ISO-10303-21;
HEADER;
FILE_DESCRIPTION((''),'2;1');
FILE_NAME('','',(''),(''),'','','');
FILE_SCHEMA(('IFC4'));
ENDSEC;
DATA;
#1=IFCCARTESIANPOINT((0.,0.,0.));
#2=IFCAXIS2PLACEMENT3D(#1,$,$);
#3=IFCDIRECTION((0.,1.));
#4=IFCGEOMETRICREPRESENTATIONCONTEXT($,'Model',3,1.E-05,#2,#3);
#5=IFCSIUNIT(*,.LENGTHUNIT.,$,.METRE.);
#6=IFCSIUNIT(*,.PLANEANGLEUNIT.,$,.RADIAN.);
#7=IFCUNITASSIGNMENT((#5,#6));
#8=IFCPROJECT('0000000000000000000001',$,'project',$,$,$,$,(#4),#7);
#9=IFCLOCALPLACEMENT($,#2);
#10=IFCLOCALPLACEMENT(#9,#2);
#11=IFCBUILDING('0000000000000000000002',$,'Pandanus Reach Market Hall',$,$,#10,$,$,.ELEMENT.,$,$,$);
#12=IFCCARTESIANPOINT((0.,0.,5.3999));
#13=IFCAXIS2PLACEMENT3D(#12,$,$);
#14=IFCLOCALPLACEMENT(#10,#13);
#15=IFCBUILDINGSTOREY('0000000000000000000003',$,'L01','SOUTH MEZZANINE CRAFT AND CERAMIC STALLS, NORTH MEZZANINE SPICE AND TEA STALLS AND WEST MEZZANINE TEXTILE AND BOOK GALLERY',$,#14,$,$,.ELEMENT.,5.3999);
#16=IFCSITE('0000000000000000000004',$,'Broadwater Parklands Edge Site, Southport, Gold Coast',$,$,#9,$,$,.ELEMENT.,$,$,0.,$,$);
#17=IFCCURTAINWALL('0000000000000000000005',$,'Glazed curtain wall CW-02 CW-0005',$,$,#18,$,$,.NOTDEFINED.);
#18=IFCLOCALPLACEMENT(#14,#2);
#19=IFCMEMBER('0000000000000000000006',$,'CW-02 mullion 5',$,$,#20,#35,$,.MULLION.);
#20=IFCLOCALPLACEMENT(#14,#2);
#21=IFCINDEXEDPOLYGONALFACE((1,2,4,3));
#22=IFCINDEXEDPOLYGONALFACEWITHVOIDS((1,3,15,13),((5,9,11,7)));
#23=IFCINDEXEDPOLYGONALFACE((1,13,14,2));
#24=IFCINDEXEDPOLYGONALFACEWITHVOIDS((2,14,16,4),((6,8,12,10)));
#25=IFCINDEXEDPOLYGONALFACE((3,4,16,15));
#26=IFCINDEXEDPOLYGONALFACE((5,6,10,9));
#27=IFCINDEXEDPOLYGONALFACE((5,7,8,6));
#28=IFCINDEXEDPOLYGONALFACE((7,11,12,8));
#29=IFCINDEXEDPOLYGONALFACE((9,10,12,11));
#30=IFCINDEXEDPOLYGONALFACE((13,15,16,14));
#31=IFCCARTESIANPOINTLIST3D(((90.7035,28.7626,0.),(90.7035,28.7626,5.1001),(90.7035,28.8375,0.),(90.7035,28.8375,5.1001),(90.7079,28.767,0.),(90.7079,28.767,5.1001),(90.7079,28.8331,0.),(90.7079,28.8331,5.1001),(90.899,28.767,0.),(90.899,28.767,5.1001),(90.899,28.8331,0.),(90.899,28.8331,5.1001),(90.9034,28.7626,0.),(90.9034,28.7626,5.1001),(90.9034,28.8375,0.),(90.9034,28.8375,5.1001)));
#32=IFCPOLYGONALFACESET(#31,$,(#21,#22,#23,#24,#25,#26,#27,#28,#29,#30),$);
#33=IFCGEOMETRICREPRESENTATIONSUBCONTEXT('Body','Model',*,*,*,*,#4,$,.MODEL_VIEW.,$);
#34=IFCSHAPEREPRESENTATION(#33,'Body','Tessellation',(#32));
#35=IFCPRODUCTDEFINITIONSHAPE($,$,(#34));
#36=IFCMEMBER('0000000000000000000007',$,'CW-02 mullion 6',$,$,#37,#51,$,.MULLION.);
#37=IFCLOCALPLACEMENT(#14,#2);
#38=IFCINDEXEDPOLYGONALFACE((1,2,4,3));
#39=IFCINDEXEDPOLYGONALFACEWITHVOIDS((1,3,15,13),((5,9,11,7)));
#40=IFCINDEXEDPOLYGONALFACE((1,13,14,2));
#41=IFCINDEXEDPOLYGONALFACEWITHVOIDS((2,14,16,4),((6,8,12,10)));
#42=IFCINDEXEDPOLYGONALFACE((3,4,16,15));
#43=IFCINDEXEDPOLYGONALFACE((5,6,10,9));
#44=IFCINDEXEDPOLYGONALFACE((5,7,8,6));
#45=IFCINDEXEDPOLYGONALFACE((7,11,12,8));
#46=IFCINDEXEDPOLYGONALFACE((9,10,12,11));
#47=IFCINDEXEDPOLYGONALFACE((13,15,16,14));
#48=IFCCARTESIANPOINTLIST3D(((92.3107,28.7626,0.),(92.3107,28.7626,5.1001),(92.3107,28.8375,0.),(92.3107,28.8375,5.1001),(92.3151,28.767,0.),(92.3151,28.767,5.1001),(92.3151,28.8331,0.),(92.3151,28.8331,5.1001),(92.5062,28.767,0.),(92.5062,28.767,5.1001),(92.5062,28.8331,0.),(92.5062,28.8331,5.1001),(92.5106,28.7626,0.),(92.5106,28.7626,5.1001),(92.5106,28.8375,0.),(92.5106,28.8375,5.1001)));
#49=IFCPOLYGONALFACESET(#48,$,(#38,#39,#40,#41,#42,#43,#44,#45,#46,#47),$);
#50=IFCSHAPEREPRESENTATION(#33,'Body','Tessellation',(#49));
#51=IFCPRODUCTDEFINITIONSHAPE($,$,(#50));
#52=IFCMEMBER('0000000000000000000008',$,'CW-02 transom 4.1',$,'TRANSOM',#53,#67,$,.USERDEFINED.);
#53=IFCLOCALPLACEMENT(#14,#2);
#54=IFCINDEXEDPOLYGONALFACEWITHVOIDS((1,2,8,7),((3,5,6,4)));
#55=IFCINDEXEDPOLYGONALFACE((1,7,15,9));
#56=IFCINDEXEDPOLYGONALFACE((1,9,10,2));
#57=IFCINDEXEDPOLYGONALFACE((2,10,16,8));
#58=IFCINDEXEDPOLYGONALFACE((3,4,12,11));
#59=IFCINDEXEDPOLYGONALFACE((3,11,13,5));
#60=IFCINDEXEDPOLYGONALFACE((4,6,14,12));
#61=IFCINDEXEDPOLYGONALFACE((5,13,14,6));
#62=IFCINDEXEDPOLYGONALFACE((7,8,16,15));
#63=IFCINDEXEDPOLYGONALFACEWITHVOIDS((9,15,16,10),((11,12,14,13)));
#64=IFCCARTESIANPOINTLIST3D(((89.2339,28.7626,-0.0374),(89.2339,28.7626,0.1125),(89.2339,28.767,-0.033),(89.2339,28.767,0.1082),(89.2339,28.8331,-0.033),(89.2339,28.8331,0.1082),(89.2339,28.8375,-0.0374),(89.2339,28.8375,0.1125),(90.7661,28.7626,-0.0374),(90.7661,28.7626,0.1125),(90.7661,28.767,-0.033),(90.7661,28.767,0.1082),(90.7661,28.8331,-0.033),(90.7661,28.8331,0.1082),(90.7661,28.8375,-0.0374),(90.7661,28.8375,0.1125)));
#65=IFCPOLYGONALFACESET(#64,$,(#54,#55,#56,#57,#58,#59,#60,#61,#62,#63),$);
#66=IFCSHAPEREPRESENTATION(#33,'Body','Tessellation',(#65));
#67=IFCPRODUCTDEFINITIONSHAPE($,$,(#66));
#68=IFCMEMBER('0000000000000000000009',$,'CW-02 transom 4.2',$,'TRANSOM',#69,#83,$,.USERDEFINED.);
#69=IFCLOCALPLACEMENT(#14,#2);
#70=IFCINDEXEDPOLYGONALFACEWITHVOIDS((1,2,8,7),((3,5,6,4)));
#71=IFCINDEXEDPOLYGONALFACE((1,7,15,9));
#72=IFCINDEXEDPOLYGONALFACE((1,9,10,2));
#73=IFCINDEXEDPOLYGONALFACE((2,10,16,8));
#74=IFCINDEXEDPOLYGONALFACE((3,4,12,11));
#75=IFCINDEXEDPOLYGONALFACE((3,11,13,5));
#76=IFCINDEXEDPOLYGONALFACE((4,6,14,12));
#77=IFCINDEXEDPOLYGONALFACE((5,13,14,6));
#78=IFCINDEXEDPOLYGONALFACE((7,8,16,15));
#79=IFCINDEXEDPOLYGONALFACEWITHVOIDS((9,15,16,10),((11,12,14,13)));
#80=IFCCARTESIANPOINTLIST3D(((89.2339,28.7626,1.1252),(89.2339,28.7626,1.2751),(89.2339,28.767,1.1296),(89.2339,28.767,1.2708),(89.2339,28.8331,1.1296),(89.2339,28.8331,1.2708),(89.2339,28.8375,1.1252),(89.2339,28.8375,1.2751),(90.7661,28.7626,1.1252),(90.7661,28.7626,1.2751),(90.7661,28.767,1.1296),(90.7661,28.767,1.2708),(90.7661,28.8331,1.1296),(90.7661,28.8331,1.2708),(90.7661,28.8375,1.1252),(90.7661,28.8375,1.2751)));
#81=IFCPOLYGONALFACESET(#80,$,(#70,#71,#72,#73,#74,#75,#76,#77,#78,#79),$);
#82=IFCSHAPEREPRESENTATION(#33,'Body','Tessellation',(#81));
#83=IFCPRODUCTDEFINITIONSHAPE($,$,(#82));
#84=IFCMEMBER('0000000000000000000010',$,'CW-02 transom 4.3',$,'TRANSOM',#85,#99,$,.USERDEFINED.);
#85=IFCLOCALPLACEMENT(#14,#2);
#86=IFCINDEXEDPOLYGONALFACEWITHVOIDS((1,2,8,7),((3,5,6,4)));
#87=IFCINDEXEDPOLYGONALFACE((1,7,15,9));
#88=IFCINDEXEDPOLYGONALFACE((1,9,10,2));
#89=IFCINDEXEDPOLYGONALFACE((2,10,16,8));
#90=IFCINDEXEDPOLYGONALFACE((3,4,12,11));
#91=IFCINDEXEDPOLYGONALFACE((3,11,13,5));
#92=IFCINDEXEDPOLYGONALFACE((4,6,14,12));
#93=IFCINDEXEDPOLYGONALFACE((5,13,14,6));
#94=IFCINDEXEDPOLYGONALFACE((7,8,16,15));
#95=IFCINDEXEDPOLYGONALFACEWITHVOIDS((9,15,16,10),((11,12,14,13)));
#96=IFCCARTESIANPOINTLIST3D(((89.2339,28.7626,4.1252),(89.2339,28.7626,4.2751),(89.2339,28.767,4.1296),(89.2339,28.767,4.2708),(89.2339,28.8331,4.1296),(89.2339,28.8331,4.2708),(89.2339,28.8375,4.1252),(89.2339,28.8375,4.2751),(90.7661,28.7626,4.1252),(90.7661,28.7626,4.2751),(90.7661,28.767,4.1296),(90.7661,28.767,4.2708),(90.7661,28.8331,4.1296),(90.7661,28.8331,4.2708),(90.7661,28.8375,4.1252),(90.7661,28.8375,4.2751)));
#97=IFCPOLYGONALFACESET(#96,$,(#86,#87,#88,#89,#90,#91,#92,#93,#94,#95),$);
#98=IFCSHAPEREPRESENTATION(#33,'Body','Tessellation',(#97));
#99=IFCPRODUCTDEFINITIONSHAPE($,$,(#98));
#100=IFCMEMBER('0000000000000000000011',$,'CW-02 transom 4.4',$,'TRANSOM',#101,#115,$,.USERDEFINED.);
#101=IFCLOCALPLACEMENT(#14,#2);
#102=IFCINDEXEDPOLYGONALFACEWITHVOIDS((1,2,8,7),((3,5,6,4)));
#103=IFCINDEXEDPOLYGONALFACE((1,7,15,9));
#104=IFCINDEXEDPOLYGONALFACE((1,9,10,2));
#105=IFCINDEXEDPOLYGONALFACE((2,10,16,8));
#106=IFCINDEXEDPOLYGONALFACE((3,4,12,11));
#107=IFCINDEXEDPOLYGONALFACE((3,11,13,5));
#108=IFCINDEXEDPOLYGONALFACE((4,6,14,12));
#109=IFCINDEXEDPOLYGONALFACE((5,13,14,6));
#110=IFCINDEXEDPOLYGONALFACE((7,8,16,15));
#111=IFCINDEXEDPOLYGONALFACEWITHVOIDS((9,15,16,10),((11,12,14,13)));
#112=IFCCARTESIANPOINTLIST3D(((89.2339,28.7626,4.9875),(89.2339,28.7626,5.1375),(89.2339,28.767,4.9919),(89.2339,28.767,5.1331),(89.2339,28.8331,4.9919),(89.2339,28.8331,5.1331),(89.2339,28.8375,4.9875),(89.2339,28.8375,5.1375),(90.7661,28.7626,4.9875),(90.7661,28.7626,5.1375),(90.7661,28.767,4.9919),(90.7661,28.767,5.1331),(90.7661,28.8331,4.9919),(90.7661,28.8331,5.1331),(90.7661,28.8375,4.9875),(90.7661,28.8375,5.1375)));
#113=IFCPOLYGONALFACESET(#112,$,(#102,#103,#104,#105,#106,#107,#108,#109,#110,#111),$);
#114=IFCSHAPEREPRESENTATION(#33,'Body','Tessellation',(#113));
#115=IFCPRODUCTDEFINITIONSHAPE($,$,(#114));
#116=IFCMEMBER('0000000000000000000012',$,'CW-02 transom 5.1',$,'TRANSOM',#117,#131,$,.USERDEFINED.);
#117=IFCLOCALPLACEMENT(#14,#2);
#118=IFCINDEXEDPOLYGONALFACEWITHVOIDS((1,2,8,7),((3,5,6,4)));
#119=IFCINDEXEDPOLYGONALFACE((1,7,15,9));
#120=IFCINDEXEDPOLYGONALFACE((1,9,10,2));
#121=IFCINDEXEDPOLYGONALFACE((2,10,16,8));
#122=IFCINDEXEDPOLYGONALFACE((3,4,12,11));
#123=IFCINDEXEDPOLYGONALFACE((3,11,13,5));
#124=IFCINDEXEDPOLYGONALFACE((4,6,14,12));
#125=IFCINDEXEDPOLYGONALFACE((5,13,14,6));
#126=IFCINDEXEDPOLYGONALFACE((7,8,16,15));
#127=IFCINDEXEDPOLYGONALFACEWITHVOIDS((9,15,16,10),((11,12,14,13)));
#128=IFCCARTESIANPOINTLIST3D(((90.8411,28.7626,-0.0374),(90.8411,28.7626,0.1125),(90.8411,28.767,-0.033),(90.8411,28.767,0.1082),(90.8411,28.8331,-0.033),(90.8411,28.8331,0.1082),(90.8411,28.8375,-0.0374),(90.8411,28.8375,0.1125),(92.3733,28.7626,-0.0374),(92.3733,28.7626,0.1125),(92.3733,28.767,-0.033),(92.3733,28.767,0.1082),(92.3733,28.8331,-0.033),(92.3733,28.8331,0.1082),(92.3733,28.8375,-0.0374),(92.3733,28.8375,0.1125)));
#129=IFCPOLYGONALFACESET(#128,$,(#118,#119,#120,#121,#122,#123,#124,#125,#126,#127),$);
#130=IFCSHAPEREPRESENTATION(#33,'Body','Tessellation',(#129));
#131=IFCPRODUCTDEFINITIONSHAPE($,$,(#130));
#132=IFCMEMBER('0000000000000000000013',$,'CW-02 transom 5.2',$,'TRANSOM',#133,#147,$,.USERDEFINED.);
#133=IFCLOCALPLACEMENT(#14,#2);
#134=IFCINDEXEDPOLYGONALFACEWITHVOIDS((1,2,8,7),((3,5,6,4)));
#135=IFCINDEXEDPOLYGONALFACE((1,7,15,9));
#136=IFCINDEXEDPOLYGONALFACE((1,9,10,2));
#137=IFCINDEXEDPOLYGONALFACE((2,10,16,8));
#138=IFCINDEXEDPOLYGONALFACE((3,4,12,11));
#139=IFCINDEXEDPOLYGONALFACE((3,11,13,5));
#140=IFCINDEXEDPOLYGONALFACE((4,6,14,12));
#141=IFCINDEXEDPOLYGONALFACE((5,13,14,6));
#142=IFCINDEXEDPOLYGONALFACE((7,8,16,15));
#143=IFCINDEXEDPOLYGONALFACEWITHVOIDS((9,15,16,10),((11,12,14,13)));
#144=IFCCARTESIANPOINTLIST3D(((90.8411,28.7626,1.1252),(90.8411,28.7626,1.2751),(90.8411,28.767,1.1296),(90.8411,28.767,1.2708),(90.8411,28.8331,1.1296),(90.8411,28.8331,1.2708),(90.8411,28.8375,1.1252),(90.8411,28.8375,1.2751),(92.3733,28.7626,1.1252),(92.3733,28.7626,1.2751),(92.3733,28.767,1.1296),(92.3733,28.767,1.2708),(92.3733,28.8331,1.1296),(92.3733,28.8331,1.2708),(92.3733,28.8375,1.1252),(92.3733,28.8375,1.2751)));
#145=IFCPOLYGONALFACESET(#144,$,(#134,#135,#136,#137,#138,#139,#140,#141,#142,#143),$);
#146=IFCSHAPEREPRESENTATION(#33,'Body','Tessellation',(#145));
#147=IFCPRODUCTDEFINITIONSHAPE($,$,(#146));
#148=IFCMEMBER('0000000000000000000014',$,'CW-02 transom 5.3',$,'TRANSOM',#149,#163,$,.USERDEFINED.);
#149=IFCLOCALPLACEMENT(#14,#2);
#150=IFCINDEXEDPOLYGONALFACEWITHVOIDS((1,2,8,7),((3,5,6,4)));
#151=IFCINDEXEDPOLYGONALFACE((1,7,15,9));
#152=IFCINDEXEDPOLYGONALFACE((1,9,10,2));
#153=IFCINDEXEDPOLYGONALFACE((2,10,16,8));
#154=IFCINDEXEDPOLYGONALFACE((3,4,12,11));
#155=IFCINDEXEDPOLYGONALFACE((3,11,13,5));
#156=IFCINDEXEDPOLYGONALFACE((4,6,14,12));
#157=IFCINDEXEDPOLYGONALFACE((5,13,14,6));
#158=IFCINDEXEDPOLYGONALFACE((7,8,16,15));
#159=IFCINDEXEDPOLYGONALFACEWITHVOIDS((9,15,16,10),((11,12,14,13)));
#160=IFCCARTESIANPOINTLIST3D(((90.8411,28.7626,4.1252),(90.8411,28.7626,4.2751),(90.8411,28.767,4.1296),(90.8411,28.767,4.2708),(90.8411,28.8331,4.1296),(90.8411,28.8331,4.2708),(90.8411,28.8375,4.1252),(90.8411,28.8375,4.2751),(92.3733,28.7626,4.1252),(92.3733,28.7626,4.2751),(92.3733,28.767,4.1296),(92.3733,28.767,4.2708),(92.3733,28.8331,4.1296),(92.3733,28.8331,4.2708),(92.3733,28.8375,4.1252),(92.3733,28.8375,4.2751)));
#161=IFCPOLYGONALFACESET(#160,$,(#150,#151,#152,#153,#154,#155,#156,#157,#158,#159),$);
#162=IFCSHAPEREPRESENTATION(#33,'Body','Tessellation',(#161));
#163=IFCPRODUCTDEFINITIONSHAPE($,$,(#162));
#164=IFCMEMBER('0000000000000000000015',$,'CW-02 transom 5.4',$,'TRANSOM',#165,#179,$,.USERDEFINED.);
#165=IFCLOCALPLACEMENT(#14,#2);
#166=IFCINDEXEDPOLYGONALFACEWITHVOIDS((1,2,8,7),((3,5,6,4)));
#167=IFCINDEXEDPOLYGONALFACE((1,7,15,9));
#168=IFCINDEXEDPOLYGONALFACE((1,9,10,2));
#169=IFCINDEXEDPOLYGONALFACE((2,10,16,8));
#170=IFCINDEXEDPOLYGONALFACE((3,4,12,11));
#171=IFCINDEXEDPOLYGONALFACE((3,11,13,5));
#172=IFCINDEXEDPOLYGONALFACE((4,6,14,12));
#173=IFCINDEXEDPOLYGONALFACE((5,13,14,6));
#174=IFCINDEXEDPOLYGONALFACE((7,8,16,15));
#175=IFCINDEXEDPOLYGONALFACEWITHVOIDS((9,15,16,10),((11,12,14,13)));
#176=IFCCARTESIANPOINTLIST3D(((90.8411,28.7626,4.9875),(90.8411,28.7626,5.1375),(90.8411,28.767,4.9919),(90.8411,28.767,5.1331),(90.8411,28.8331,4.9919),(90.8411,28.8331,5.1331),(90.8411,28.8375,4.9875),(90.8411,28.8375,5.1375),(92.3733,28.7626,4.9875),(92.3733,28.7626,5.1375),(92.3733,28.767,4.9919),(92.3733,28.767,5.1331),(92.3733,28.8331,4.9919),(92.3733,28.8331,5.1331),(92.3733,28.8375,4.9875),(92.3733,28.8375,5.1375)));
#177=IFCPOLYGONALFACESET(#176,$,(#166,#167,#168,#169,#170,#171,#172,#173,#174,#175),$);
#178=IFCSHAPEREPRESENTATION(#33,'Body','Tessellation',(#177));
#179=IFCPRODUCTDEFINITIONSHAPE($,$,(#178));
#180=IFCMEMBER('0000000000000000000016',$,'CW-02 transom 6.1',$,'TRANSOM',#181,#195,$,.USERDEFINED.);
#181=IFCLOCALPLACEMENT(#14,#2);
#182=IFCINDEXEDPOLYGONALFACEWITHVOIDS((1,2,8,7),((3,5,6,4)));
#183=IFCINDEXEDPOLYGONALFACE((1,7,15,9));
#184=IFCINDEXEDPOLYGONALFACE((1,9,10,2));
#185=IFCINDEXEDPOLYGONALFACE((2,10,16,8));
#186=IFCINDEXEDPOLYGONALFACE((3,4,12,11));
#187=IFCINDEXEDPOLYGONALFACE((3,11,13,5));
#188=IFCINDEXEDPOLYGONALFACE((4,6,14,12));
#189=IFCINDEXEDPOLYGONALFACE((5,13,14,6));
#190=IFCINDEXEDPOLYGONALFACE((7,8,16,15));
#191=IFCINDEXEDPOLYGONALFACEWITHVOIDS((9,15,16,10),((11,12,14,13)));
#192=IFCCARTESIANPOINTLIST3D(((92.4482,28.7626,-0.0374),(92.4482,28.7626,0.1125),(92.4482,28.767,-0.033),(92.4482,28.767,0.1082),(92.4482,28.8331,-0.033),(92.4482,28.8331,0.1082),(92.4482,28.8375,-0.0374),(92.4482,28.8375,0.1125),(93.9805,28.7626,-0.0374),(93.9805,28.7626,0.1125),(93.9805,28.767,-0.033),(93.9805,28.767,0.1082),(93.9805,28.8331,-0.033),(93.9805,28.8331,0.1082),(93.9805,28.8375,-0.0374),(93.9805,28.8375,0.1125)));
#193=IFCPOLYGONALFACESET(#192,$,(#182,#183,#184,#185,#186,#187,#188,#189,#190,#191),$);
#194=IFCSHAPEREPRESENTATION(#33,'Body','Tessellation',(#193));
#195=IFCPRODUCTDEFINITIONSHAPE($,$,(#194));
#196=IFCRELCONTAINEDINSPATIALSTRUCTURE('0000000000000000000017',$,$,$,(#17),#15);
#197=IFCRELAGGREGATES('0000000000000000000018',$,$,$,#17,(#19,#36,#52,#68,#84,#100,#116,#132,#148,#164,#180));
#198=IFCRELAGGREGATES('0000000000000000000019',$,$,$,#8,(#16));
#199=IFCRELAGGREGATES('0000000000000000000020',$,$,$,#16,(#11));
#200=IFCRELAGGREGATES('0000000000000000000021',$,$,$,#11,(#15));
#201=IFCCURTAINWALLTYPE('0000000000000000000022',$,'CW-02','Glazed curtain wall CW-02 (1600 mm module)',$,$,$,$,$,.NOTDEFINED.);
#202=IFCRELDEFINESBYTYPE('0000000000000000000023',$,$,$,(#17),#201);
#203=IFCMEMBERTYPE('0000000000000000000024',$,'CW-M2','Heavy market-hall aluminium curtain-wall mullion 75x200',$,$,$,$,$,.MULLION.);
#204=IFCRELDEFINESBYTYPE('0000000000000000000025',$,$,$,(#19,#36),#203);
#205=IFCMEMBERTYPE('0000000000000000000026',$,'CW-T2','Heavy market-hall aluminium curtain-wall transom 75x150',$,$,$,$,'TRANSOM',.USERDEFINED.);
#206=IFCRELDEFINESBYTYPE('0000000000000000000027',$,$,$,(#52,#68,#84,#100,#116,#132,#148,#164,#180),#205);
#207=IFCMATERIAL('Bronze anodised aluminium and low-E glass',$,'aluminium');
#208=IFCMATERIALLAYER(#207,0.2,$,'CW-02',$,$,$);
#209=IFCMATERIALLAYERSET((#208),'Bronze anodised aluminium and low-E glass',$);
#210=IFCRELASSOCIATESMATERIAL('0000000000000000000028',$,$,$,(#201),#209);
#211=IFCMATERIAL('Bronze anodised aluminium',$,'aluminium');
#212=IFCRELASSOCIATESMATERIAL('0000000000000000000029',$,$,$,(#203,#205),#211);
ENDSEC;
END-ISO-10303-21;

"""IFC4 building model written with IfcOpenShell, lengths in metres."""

from ifc_helpers import new_model, si_unit, direction, frame, origin, origin_2d, place, context, subcontext, project, spatial, hollow_rectangle, extrude, material, layer, layer_set, material_profile, profile_set, type_object, element, aggregate, save


model = new_model("IFC4")

# Units and contexts
model_context = context("Model", 3, precision=1e-05, world=origin(), true_north=direction((0.0, 1.0)))
body_context = subcontext(model_context, "Body", "Model", "MODEL_VIEW")
ifc_project = project(units=[si_unit("LENGTHUNIT", "METRE"), si_unit("PLANEANGLEUNIT", "RADIAN")], contexts=[model_context])

# Site, building, storey
site_placement = place(None, origin())
site = spatial("IfcSite", under=ifc_project, at=site_placement, Name="Broadwater Parklands Edge Site, Southport, Gold Coast", CompositionType="ELEMENT", RefElevation=0.0)
building_placement = place(site_placement, origin())
building = spatial("IfcBuilding", under=site, at=building_placement, Name="Pandanus Reach Market Hall", CompositionType="ELEMENT")
storey_placement = place(building_placement, frame((0.0, 0.0, 5.3999)))
storey = spatial("IfcBuildingStorey", under=building, at=storey_placement, Name="L01", Description="SOUTH MEZZANINE CRAFT AND CERAMIC STALLS, NORTH MEZZANINE SPICE AND TEA STALLS AND WEST MEZZANINE TEXTILE AND BOOK GALLERY", CompositionType="ELEMENT", Elevation=5.3999)

# Curtain wall, members
ifc_material_1 = material(Name="Bronze anodised aluminium and low-E glass", Category="aluminium")
ifc_layer_1 = layer(ifc_material_1, 0.2, Name="CW-02")
ifc_layer_set_1 = layer_set([ifc_layer_1], Name="Bronze anodised aluminium and low-E glass")
curtain_wall_type = type_object("IfcCurtainWallType", Name="CW-02", Description="Glazed curtain wall CW-02 (1600 mm module)", PredefinedType="NOTDEFINED", material=ifc_layer_set_1)
curtain_wall_placement = place(storey_placement, origin())
curtain_wall = element("IfcCurtainWall", 1, at=curtain_wall_placement, inside=storey, type_object=curtain_wall_type, Name="Glazed curtain wall CW-02 CW-0005", PredefinedType="NOTDEFINED")
ifc_material_2 = material(Name="Bronze anodised aluminium", Category="aluminium")
ifc_material_profile_1 = material_profile(ifc_material_2, hollow_rectangle(XDim=0.075, YDim=0.2, WallThickness=0.0044, at=origin_2d()), Name="ALU75x200", Category="LoadBearing")
ifc_profile_set_1 = profile_set([ifc_material_profile_1], Name="Bronze anodised aluminium")
member_type_1 = type_object("IfcMemberType", Name="CW-M2", Description="Heavy market-hall aluminium curtain-wall mullion 75x200", PredefinedType="MULLION", material=ifc_profile_set_1)
member_1_placement = place(storey_placement, frame((90.8035, 28.8, 0.0), z_axis=(0.0, 0.0, 1.0), x_axis=(0.0, 1.0, 0.0)))
member_1 = element("IfcMember", 2, at=member_1_placement, type_object=member_type_1, Name="CW-02 mullion 5", PredefinedType="MULLION", context=body_context, shape_type="SweptSolid", body=[
    extrude(hollow_rectangle(XDim=0.075, YDim=0.2, WallThickness=0.0044, at=origin_2d()), origin(), (0.0, 0.0, 1.0), 5.1001),
])
member_2_placement = place(storey_placement, frame((92.4106, 28.8, 0.0), z_axis=(0.0, 0.0, 1.0), x_axis=(0.0, 1.0, 0.0)))
member_2 = element("IfcMember", 3, at=member_2_placement, type_object=member_type_1, Name="CW-02 mullion 6", PredefinedType="MULLION", context=body_context, shape_type="SweptSolid", body=[
    extrude(hollow_rectangle(XDim=0.075, YDim=0.2, WallThickness=0.0044, at=origin_2d()), origin(), (0.0, 0.0, 1.0), 5.1001),
])
ifc_material_profile_2 = material_profile(ifc_material_2, hollow_rectangle(XDim=0.075, YDim=0.1499, WallThickness=0.0044, at=origin_2d()), Name="ALU75x150", Category="LoadBearing")
ifc_profile_set_2 = profile_set([ifc_material_profile_2], Name="Bronze anodised aluminium")
member_type_2 = type_object("IfcMemberType", Name="CW-T2", Description="Heavy market-hall aluminium curtain-wall transom 75x150", ElementType="TRANSOM", PredefinedType="USERDEFINED", material=ifc_profile_set_2)
member_3_placement = place(storey_placement, frame((89.2339, 28.8, 0.0376), z_axis=(1.0, 0.0, 0.0), x_axis=(0.0, 1.0, 0.0)))
member_3 = element("IfcMember", 4, at=member_3_placement, type_object=member_type_2, Name="CW-02 transom 4.1", ObjectType="TRANSOM", PredefinedType="USERDEFINED", context=body_context, shape_type="SweptSolid", body=[
    extrude(hollow_rectangle(XDim=0.075, YDim=0.1499, WallThickness=0.0044, at=origin_2d()), origin(), (0.0, 0.0, 1.0), 1.5322),
])
member_4_placement = place(storey_placement, frame((89.2339, 28.8, 1.2002), z_axis=(1.0, 0.0, 0.0), x_axis=(0.0, 1.0, 0.0)))
member_4 = element("IfcMember", 5, at=member_4_placement, type_object=member_type_2, Name="CW-02 transom 4.2", ObjectType="TRANSOM", PredefinedType="USERDEFINED", context=body_context, shape_type="SweptSolid", body=[
    extrude(hollow_rectangle(XDim=0.075, YDim=0.1499, WallThickness=0.0044, at=origin_2d()), origin(), (0.0, 0.0, 1.0), 1.5322),
])
member_5_placement = place(storey_placement, frame((89.2339, 28.8, 4.2002), z_axis=(1.0, 0.0, 0.0), x_axis=(0.0, 1.0, 0.0)))
member_5 = element("IfcMember", 6, at=member_5_placement, type_object=member_type_2, Name="CW-02 transom 4.3", ObjectType="TRANSOM", PredefinedType="USERDEFINED", context=body_context, shape_type="SweptSolid", body=[
    extrude(hollow_rectangle(XDim=0.075, YDim=0.1499, WallThickness=0.0044, at=origin_2d()), origin(), (0.0, 0.0, 1.0), 1.5322),
])
member_6_placement = place(storey_placement, frame((89.2339, 28.8, 5.0625), z_axis=(1.0, 0.0, 0.0), x_axis=(0.0, 1.0, 0.0)))
member_6 = element("IfcMember", 7, at=member_6_placement, type_object=member_type_2, Name="CW-02 transom 4.4", ObjectType="TRANSOM", PredefinedType="USERDEFINED", context=body_context, shape_type="SweptSolid", body=[
    extrude(hollow_rectangle(XDim=0.075, YDim=0.1499, WallThickness=0.0044, at=origin_2d()), origin(), (0.0, 0.0, 1.0), 1.5322),
])
member_7_placement = place(storey_placement, frame((90.8411, 28.8, 0.0376), z_axis=(1.0, 0.0, 0.0), x_axis=(0.0, 1.0, 0.0)))
member_7 = element("IfcMember", 8, at=member_7_placement, type_object=member_type_2, Name="CW-02 transom 5.1", ObjectType="TRANSOM", PredefinedType="USERDEFINED", context=body_context, shape_type="SweptSolid", body=[
    extrude(hollow_rectangle(XDim=0.075, YDim=0.1499, WallThickness=0.0044, at=origin_2d()), origin(), (0.0, 0.0, 1.0), 1.5322),
])
member_8_placement = place(storey_placement, frame((90.8411, 28.8, 1.2002), z_axis=(1.0, 0.0, 0.0), x_axis=(0.0, 1.0, 0.0)))
member_8 = element("IfcMember", 9, at=member_8_placement, type_object=member_type_2, Name="CW-02 transom 5.2", ObjectType="TRANSOM", PredefinedType="USERDEFINED", context=body_context, shape_type="SweptSolid", body=[
    extrude(hollow_rectangle(XDim=0.075, YDim=0.1499, WallThickness=0.0044, at=origin_2d()), origin(), (0.0, 0.0, 1.0), 1.5322),
])
member_9_placement = place(storey_placement, frame((90.8411, 28.8, 4.2002), z_axis=(1.0, 0.0, 0.0), x_axis=(0.0, 1.0, 0.0)))
member_9 = element("IfcMember", 10, at=member_9_placement, type_object=member_type_2, Name="CW-02 transom 5.3", ObjectType="TRANSOM", PredefinedType="USERDEFINED", context=body_context, shape_type="SweptSolid", body=[
    extrude(hollow_rectangle(XDim=0.075, YDim=0.1499, WallThickness=0.0044, at=origin_2d()), origin(), (0.0, 0.0, 1.0), 1.5322),
])
member_10_placement = place(storey_placement, frame((90.8411, 28.8, 5.0625), z_axis=(1.0, 0.0, 0.0), x_axis=(0.0, 1.0, 0.0)))
member_10 = element("IfcMember", 11, at=member_10_placement, type_object=member_type_2, Name="CW-02 transom 5.4", ObjectType="TRANSOM", PredefinedType="USERDEFINED", context=body_context, shape_type="SweptSolid", body=[
    extrude(hollow_rectangle(XDim=0.075, YDim=0.1499, WallThickness=0.0044, at=origin_2d()), origin(), (0.0, 0.0, 1.0), 1.5322),
])
member_11_placement = place(storey_placement, frame((92.4482, 28.8, 0.0376), z_axis=(1.0, 0.0, 0.0), x_axis=(0.0, 1.0, 0.0)))
member_11 = element("IfcMember", 12, at=member_11_placement, type_object=member_type_2, Name="CW-02 transom 6.1", ObjectType="TRANSOM", PredefinedType="USERDEFINED", context=body_context, shape_type="SweptSolid", body=[
    extrude(hollow_rectangle(XDim=0.075, YDim=0.1499, WallThickness=0.0044, at=origin_2d()), origin(), (0.0, 0.0, 1.0), 1.5322),
])
aggregate(curtain_wall, [member_1, member_2, member_3, member_4, member_5, member_6, member_7, member_8, member_9, member_10, member_11])

save(model, "model.ifc")
